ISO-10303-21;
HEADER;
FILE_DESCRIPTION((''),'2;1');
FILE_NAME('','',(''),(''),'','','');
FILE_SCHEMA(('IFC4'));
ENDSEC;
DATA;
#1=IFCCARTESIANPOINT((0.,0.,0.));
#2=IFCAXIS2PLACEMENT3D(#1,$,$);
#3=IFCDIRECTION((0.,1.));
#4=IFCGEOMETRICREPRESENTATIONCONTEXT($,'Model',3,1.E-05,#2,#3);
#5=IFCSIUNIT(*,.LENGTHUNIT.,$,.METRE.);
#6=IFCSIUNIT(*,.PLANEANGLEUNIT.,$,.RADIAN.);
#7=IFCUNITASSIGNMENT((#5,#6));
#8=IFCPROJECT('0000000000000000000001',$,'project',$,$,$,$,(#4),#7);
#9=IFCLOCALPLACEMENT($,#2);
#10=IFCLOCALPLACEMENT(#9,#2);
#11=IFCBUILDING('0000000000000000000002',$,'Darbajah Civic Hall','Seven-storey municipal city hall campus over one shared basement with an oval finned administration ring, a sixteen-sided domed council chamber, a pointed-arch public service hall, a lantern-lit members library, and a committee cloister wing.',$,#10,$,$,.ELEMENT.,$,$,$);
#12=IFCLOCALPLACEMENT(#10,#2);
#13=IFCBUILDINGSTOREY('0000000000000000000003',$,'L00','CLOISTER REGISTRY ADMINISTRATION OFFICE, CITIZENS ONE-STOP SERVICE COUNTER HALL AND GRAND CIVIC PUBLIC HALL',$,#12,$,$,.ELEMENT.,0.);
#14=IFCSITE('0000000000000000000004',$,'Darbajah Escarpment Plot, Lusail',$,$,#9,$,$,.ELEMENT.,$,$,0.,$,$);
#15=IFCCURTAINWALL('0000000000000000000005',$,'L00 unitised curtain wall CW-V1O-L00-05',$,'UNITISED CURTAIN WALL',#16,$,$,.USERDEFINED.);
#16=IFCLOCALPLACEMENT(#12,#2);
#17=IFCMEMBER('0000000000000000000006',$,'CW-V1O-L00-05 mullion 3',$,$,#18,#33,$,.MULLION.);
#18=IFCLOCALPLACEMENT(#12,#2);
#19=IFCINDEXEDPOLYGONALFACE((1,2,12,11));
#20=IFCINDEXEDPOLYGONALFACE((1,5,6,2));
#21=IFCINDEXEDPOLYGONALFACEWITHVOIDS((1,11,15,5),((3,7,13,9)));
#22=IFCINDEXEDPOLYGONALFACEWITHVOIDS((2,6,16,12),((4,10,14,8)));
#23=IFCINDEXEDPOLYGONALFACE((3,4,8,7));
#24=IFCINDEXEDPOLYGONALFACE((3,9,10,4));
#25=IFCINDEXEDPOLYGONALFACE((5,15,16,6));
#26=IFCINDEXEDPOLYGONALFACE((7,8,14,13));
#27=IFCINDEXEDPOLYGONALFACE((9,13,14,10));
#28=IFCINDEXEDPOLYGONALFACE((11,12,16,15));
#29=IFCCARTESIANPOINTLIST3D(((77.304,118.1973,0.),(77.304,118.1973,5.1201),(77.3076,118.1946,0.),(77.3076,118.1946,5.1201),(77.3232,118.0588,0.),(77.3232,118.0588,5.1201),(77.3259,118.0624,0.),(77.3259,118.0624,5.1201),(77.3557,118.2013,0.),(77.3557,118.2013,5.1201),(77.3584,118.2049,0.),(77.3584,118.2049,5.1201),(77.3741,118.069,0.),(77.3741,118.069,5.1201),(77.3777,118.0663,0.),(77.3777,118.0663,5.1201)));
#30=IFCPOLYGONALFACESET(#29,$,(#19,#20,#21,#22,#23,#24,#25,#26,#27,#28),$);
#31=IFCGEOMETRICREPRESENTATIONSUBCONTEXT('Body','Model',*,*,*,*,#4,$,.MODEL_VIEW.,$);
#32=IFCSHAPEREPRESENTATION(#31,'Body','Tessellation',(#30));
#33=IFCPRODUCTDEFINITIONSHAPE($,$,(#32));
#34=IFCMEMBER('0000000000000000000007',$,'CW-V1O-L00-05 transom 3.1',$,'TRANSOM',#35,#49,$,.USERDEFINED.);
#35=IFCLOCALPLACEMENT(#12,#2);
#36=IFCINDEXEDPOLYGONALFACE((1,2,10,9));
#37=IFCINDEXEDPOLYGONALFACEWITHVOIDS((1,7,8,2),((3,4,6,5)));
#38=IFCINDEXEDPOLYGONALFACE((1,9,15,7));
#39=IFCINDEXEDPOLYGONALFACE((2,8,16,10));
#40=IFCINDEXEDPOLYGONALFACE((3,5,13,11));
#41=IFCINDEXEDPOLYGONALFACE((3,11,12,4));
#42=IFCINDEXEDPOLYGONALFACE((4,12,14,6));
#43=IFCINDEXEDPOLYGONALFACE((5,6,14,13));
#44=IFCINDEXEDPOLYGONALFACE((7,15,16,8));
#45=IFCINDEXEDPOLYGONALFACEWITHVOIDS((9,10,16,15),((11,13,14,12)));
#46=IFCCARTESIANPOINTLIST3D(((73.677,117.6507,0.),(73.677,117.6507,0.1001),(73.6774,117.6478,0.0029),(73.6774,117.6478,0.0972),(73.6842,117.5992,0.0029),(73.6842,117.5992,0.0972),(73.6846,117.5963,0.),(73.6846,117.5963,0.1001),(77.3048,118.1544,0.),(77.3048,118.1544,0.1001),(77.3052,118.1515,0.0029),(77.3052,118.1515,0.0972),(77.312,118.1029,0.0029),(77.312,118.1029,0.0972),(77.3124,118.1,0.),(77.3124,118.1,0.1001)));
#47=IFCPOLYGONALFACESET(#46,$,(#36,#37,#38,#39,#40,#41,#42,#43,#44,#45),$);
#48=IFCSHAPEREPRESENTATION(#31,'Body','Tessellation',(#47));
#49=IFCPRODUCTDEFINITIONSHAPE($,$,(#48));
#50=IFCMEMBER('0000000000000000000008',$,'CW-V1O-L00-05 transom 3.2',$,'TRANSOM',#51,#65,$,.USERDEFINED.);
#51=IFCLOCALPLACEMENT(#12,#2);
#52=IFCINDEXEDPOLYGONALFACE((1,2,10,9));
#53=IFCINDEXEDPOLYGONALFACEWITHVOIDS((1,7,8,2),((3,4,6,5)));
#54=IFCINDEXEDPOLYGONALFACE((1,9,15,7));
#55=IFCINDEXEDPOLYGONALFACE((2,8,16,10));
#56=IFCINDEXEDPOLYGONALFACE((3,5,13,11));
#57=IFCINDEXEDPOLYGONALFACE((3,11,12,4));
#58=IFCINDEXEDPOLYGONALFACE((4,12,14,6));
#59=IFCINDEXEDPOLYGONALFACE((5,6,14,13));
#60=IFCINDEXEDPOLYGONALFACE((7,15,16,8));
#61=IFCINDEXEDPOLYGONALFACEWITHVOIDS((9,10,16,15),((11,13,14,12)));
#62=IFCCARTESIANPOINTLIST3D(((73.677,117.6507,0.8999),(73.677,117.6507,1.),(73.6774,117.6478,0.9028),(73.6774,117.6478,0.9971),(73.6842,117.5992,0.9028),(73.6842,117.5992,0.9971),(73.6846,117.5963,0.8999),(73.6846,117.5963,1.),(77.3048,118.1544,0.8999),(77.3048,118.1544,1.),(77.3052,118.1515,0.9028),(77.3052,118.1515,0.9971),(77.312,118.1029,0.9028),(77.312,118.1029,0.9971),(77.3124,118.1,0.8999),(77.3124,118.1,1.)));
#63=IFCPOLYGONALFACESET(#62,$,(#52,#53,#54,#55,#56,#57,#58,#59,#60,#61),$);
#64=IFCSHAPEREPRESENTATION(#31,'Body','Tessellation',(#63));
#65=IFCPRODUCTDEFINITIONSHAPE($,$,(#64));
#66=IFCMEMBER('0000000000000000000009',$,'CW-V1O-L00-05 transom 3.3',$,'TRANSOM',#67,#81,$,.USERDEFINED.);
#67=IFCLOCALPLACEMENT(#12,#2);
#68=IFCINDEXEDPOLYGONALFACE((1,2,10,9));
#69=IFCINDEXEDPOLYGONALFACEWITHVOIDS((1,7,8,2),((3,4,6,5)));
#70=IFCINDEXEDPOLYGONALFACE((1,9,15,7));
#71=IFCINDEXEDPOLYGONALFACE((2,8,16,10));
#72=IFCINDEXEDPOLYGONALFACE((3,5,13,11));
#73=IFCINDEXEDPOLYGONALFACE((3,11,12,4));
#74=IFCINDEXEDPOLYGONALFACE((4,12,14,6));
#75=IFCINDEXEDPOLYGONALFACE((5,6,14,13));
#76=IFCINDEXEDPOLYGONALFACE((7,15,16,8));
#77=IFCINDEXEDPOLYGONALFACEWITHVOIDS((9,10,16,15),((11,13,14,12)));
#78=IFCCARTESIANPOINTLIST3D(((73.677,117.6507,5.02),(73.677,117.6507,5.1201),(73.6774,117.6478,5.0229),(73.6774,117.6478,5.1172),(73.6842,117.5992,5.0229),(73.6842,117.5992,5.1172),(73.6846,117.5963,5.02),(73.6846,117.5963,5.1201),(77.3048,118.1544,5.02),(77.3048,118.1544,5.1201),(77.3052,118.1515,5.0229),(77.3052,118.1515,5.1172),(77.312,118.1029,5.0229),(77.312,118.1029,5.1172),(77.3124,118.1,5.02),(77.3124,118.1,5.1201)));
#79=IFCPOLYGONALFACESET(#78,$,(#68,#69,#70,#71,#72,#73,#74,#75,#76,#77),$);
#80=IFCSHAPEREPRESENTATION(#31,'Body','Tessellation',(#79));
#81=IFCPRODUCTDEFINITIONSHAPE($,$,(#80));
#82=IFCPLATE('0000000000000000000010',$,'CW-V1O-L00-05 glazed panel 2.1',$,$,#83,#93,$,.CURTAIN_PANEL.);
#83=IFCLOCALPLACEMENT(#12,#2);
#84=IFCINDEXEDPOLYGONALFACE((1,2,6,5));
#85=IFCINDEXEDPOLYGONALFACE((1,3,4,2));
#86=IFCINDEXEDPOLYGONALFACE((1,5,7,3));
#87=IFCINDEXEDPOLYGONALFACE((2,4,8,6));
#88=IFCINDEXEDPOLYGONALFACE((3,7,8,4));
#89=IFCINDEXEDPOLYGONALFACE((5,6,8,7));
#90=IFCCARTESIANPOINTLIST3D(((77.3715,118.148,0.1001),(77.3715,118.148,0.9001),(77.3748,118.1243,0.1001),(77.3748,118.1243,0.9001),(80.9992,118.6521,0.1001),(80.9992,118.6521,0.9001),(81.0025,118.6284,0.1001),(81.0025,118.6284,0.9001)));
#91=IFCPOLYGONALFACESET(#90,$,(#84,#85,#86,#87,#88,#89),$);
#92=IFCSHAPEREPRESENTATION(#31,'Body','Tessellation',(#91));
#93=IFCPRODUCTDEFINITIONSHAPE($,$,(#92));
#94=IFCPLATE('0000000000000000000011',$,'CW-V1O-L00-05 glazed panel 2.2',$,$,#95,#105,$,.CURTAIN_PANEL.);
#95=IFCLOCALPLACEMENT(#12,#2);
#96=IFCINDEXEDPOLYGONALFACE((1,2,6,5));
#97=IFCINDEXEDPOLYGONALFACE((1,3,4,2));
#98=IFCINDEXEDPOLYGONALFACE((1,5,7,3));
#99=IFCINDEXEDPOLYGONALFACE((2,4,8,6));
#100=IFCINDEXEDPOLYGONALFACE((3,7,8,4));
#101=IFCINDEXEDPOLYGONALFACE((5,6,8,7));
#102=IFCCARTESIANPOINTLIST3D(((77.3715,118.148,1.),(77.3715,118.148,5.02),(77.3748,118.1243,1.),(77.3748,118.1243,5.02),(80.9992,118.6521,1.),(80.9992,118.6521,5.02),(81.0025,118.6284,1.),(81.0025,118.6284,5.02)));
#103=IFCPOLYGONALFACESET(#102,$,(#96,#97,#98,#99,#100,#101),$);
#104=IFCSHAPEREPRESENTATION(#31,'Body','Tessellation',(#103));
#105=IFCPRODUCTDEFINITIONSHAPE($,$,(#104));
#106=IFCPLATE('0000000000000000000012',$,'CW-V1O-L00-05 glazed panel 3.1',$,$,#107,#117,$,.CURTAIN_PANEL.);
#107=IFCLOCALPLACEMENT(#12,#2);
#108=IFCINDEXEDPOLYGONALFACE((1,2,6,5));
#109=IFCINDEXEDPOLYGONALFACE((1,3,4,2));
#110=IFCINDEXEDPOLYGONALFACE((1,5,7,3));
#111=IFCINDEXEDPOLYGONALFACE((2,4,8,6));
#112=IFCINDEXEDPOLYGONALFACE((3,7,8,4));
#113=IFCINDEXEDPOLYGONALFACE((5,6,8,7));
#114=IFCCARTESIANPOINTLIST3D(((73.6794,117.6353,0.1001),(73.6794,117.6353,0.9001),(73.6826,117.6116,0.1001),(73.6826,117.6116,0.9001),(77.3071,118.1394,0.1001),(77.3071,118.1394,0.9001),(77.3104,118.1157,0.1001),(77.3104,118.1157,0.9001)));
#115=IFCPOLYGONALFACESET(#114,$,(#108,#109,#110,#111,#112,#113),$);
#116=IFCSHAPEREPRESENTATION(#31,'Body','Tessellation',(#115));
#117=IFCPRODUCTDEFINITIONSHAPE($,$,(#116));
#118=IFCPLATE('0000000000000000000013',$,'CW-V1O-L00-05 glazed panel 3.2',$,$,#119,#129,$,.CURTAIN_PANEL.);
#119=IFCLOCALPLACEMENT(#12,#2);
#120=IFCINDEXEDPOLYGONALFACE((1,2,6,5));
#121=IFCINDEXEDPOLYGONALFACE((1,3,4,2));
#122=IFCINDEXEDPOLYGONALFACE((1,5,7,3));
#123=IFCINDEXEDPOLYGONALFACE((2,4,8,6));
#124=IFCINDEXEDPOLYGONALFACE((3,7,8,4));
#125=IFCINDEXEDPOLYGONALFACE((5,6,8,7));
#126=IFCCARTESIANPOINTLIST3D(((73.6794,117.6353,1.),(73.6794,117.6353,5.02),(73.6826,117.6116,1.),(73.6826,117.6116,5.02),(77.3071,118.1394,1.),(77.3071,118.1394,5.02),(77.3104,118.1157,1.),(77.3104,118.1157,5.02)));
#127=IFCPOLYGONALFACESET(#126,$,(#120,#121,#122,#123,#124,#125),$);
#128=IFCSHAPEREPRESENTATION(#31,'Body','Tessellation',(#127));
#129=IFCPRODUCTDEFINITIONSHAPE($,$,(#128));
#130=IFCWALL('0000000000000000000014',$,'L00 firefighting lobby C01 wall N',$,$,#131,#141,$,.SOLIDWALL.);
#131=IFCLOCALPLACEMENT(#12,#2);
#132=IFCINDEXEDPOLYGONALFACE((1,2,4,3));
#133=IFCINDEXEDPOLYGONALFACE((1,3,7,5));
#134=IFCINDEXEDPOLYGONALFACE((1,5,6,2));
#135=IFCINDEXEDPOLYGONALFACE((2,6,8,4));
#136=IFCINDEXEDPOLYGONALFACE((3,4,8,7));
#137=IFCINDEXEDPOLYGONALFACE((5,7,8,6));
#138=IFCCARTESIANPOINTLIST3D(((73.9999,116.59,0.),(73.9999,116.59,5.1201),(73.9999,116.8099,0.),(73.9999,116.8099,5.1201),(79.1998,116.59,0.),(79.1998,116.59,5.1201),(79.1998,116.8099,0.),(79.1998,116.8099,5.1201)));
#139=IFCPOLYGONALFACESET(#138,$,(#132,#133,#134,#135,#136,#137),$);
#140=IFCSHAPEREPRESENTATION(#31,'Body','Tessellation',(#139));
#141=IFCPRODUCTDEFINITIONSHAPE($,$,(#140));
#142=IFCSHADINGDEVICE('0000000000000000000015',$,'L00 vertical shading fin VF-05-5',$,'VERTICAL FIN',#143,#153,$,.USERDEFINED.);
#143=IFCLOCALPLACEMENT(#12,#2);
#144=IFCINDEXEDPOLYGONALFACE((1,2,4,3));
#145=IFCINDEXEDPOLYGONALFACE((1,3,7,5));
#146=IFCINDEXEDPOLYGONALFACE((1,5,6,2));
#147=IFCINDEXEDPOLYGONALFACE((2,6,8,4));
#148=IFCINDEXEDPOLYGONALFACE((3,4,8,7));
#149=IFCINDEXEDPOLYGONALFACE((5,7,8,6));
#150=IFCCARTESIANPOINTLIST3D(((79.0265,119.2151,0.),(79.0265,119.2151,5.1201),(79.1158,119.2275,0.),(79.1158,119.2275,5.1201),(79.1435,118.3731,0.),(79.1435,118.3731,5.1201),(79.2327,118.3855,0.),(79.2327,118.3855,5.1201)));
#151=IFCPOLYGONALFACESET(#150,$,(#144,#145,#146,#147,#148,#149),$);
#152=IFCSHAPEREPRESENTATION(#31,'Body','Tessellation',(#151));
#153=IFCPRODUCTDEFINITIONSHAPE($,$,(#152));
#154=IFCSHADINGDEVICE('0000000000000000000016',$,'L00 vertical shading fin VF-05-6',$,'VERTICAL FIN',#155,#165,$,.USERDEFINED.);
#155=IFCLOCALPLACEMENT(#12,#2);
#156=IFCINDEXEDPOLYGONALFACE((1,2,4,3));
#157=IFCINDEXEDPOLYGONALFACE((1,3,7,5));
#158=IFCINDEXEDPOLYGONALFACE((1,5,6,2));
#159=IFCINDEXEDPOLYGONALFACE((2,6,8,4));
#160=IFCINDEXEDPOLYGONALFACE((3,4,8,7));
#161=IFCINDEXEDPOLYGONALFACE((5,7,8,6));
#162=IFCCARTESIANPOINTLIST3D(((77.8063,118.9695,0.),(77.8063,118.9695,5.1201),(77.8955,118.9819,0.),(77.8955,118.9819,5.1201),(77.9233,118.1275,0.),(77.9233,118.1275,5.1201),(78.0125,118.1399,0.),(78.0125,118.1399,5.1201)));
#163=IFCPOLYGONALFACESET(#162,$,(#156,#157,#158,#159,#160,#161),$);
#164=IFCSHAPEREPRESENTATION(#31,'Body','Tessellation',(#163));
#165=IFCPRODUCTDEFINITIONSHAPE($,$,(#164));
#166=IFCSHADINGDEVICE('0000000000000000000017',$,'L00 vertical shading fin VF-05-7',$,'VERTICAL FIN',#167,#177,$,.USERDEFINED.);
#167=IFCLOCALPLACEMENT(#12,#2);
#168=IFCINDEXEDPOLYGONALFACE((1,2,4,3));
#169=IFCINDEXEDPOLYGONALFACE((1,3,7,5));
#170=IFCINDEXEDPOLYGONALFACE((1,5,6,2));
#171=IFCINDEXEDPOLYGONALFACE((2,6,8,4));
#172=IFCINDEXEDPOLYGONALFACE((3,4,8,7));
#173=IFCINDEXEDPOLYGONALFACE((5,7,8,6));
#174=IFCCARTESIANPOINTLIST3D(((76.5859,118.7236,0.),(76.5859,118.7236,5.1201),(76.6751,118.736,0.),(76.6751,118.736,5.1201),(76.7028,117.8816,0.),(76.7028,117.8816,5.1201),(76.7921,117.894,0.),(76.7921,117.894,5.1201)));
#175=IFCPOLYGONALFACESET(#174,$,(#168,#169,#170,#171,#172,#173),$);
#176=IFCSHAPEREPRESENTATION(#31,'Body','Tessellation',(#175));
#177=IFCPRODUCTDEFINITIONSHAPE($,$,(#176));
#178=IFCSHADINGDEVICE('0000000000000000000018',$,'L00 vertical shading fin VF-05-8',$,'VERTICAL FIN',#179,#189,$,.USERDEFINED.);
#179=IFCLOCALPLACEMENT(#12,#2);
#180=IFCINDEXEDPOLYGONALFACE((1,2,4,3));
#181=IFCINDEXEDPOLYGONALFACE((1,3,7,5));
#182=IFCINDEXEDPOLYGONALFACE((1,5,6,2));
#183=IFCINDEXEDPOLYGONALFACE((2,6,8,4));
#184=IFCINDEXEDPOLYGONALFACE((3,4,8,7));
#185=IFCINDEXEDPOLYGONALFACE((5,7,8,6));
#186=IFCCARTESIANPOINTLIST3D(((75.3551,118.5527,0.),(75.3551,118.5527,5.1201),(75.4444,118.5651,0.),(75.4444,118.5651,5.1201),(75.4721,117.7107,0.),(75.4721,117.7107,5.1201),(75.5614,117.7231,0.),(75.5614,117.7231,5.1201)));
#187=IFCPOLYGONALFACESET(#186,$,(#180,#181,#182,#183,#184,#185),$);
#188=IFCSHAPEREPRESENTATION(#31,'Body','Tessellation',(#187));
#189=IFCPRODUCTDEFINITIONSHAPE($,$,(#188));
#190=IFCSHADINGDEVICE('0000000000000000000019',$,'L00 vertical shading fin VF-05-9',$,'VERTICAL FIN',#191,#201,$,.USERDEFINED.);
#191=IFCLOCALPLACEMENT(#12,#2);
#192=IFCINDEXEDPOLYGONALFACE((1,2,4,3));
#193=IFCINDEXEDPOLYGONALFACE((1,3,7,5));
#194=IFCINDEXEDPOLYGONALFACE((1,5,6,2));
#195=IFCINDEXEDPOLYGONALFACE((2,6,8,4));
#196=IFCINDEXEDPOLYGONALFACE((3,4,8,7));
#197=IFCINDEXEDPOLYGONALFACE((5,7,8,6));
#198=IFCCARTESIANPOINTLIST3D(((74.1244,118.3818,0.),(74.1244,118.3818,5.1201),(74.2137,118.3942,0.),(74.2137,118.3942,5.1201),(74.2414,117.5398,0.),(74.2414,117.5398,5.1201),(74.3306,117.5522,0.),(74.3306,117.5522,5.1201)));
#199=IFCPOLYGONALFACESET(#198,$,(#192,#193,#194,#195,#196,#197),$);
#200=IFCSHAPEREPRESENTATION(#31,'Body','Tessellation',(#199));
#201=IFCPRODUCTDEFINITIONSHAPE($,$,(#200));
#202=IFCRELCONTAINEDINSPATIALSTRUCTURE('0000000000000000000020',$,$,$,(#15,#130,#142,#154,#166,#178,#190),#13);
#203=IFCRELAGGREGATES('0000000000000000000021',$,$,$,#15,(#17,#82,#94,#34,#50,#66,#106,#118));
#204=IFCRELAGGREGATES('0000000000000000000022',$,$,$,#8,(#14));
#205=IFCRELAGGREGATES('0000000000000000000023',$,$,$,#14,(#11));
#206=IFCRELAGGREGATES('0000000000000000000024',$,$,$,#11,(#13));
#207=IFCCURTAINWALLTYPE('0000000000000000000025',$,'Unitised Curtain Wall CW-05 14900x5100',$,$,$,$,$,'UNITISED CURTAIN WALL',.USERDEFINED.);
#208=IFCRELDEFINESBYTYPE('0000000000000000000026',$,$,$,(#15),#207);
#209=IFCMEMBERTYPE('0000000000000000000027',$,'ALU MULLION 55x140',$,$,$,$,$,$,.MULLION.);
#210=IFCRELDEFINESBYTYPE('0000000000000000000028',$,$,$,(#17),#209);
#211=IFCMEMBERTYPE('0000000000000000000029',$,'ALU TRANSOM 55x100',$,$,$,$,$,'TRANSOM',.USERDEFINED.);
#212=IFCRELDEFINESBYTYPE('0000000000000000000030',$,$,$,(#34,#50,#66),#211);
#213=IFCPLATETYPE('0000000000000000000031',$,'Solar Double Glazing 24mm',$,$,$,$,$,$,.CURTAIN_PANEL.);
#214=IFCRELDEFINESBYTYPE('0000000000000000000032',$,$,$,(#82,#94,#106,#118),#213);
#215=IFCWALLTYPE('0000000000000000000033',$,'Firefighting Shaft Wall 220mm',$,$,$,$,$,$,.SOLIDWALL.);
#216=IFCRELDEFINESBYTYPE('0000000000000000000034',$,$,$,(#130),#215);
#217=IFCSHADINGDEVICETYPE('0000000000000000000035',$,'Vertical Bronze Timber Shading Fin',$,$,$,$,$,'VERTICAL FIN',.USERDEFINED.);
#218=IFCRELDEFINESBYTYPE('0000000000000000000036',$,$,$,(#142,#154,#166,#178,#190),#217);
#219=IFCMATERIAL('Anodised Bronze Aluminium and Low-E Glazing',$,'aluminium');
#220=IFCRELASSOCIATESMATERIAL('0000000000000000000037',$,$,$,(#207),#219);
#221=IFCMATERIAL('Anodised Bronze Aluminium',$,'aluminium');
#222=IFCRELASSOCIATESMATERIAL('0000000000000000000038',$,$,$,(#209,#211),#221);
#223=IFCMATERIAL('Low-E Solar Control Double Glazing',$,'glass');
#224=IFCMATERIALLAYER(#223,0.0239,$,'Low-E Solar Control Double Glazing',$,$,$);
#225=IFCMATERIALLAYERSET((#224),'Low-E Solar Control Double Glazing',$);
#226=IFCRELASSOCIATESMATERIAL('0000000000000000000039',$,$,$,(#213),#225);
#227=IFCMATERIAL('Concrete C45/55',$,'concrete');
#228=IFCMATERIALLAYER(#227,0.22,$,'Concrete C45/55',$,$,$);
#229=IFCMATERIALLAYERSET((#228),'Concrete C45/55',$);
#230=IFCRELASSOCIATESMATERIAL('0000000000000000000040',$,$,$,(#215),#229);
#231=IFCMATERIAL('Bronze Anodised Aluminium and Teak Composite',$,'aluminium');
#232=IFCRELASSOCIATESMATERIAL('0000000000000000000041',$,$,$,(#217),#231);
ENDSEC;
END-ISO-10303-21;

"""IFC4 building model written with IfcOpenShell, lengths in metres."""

from ifc_helpers import new_model, si_unit, direction, frame, frame_2d, origin, origin_2d, place, context, subcontext, project, spatial, rectangle, hollow_rectangle, extrude, material, layer, layer_set, material_profile, profile_set, type_object, element, aggregate, save


model = new_model("IFC4")

# Units and contexts
model_context = context("Model", 3, precision=1e-05, world=origin(), true_north=direction((0.0, 1.0)))
body_context = subcontext(model_context, "Body", "Model", "MODEL_VIEW")
ifc_project = project(units=[si_unit("LENGTHUNIT", "METRE"), si_unit("PLANEANGLEUNIT", "RADIAN")], contexts=[model_context])

# Site, building, storey
site_placement = place(None, origin())
site = spatial("IfcSite", under=ifc_project, at=site_placement, Name="Darbajah Escarpment Plot, Lusail", CompositionType="ELEMENT", RefElevation=0.0)
building_placement = place(site_placement, origin())
building = spatial("IfcBuilding", under=site, at=building_placement, Name="Darbajah Civic Hall", Description="Seven-storey municipal city hall campus over one shared basement with an oval finned administration ring, a sixteen-sided domed council chamber, a pointed-arch public service hall, a lantern-lit members library, and a committee cloister wing.", CompositionType="ELEMENT")
storey_placement = place(building_placement, origin())
storey = spatial("IfcBuildingStorey", under=building, at=storey_placement, Name="L00", Description="CLOISTER REGISTRY ADMINISTRATION OFFICE, CITIZENS ONE-STOP SERVICE COUNTER HALL AND GRAND CIVIC PUBLIC HALL", CompositionType="ELEMENT", Elevation=0.0)

# Curtain wall, members, plates
ifc_material_1 = material(Name="Anodised Bronze Aluminium and Low-E Glazing", Category="aluminium")
curtain_wall_type = type_object("IfcCurtainWallType", Name="Unitised Curtain Wall CW-05 14900x5100", ElementType="UNITISED CURTAIN WALL", PredefinedType="USERDEFINED", material=ifc_material_1)
curtain_wall_placement = place(storey_placement, origin())
curtain_wall = element("IfcCurtainWall", 1, at=curtain_wall_placement, inside=storey, type_object=curtain_wall_type, Name="L00 unitised curtain wall CW-V1O-L00-05", ObjectType="UNITISED CURTAIN WALL", PredefinedType="USERDEFINED")
ifc_material_2 = material(Name="Anodised Bronze Aluminium", Category="aluminium")
ifc_material_profile_1 = material_profile(ifc_material_2, hollow_rectangle(XDim=0.0549, YDim=0.1399, WallThickness=0.0032, at=origin_2d()), Name="ALU MULLION 55x140")
ifc_profile_set_1 = profile_set([ifc_material_profile_1], Name="Anodised Bronze Aluminium")
member_type_1 = type_object("IfcMemberType", Name="ALU MULLION 55x140", PredefinedType="MULLION", material=ifc_profile_set_1)
member_1_placement = place(storey_placement, frame((77.3408, 118.1318, 0.0), z_axis=(0.0, 0.0, 1.0), x_axis=(-0.990485, -0.137617, 0.0)))
member_1 = element("IfcMember", 2, at=member_1_placement, type_object=member_type_1, Name="CW-V1O-L00-05 mullion 3", PredefinedType="MULLION", context=body_context, shape_type="SweptSolid", body=[
    extrude(hollow_rectangle(XDim=0.0549, YDim=0.1399, WallThickness=0.0032, at=origin_2d()), origin(), (0.0, 0.0, 1.0), 5.1201),
])
ifc_material_profile_2 = material_profile(ifc_material_2, hollow_rectangle(XDim=0.0549, YDim=0.1001, WallThickness=0.0029, at=origin_2d()), Name="ALU TRANSOM 55x100")
ifc_profile_set_2 = profile_set([ifc_material_profile_2], Name="Anodised Bronze Aluminium")
member_type_2 = type_object("IfcMemberType", Name="ALU TRANSOM 55x100", ElementType="TRANSOM", PredefinedType="USERDEFINED", material=ifc_profile_set_2)
member_2_placement = place(storey_placement, frame((77.3086, 118.1272, 0.05), z_axis=(-0.990499, -0.137519, 0.0), x_axis=(0.137519, -0.990499, 0.0)))
member_2 = element("IfcMember", 3, at=member_2_placement, type_object=member_type_2, Name="CW-V1O-L00-05 transom 3.1", ObjectType="TRANSOM", PredefinedType="USERDEFINED", context=body_context, shape_type="SweptSolid", body=[
    extrude(hollow_rectangle(XDim=0.0549, YDim=0.1001, WallThickness=0.0029, at=origin_2d()), origin(), (0.0, 0.0, 1.0), 3.6626),
])
member_3_placement = place(storey_placement, frame((77.3086, 118.1272, 0.95), z_axis=(-0.990499, -0.137519, 0.0), x_axis=(0.137519, -0.990499, 0.0)))
member_3 = element("IfcMember", 4, at=member_3_placement, type_object=member_type_2, Name="CW-V1O-L00-05 transom 3.2", ObjectType="TRANSOM", PredefinedType="USERDEFINED", context=body_context, shape_type="SweptSolid", body=[
    extrude(hollow_rectangle(XDim=0.0549, YDim=0.1001, WallThickness=0.0029, at=origin_2d()), origin(), (0.0, 0.0, 1.0), 3.6626),
])
member_4_placement = place(storey_placement, frame((77.3086, 118.1272, 5.0701), z_axis=(-0.990499, -0.137519, 0.0), x_axis=(0.137519, -0.990499, 0.0)))
member_4 = element("IfcMember", 5, at=member_4_placement, type_object=member_type_2, Name="CW-V1O-L00-05 transom 3.3", ObjectType="TRANSOM", PredefinedType="USERDEFINED", context=body_context, shape_type="SweptSolid", body=[
    extrude(hollow_rectangle(XDim=0.0549, YDim=0.1001, WallThickness=0.0029, at=origin_2d()), origin(), (0.0, 0.0, 1.0), 3.6626),
])
ifc_material_3 = material(Name="Low-E Solar Control Double Glazing", Category="glass")
ifc_layer_1 = layer(ifc_material_3, 0.0239, Name="Low-E Solar Control Double Glazing")
ifc_layer_set_1 = layer_set([ifc_layer_1], Name="Low-E Solar Control Double Glazing")
plate_type = type_object("IfcPlateType", Name="Solar Double Glazing 24mm", PredefinedType="CURTAIN_PANEL", material=ifc_layer_set_1)
plate_1_placement = place(storey_placement, frame((79.187, 118.3882, 0.1001), z_axis=(0.0, 0.0, 1.0), x_axis=(-0.990485, -0.137617, 0.0)))
plate_1 = element("IfcPlate", 6, at=plate_1_placement, type_object=plate_type, Name="CW-V1O-L00-05 glazed panel 2.1", PredefinedType="CURTAIN_PANEL", context=body_context, shape_type="SweptSolid", body=[
    extrude(rectangle(XDim=3.6626, YDim=0.0239, at=origin_2d()), origin(), (0.0, 0.0, 1.0), 0.8),
])
plate_2_placement = place(storey_placement, frame((79.187, 118.3882, 1.0), z_axis=(0.0, 0.0, 1.0), x_axis=(-0.990485, -0.137617, 0.0)))
plate_2 = element("IfcPlate", 7, at=plate_2_placement, type_object=plate_type, Name="CW-V1O-L00-05 glazed panel 2.2", PredefinedType="CURTAIN_PANEL", context=body_context, shape_type="SweptSolid", body=[
    extrude(rectangle(XDim=3.6626, YDim=0.0239, at=origin_2d()), origin(), (0.0, 0.0, 1.0), 4.02),
])
plate_3_placement = place(storey_placement, frame((75.4949, 117.8755, 0.1001), z_axis=(0.0, 0.0, 1.0), x_axis=(-0.990485, -0.137617, 0.0)))
plate_3 = element("IfcPlate", 8, at=plate_3_placement, type_object=plate_type, Name="CW-V1O-L00-05 glazed panel 3.1", PredefinedType="CURTAIN_PANEL", context=body_context, shape_type="SweptSolid", body=[
    extrude(rectangle(XDim=3.6626, YDim=0.0239, at=origin_2d()), origin(), (0.0, 0.0, 1.0), 0.8),
])
plate_4_placement = place(storey_placement, frame((75.4949, 117.8755, 1.0), z_axis=(0.0, 0.0, 1.0), x_axis=(-0.990485, -0.137617, 0.0)))
plate_4 = element("IfcPlate", 9, at=plate_4_placement, type_object=plate_type, Name="CW-V1O-L00-05 glazed panel 3.2", PredefinedType="CURTAIN_PANEL", context=body_context, shape_type="SweptSolid", body=[
    extrude(rectangle(XDim=3.6626, YDim=0.0239, at=origin_2d()), origin(), (0.0, 0.0, 1.0), 4.02),
])
aggregate(curtain_wall, [member_1, plate_1, plate_2, member_2, member_3, member_4, plate_3, plate_4])

# Wall
ifc_material_4 = material(Name="Concrete C45/55", Category="concrete")
ifc_layer_2 = layer(ifc_material_4, 0.22, Name="Concrete C45/55")
ifc_layer_set_2 = layer_set([ifc_layer_2], Name="Concrete C45/55")
wall_type = type_object("IfcWallType", Name="Firefighting Shaft Wall 220mm", PredefinedType="SOLIDWALL", material=ifc_layer_set_2)
wall_placement = place(storey_placement, frame((79.2, 116.7, 0.0), z_axis=(0.0, 0.0, 1.0), x_axis=(-1.0, 0.0, 0.0)))
element("IfcWall", 10, at=wall_placement, inside=storey, type_object=wall_type, Name="L00 firefighting lobby C01 wall N", PredefinedType="SOLIDWALL", context=body_context, shape_type="SweptSolid", body=[
    extrude(rectangle(XDim=5.2, YDim=0.22, at=frame_2d((2.6001, 0.0))), origin(), (0.0, 0.0, 1.0), 5.1201),
])

# Shading devices
ifc_material_5 = material(Name="Bronze Anodised Aluminium and Teak Composite", Category="aluminium")
shading_device_type = type_object("IfcShadingDeviceType", Name="Vertical Bronze Timber Shading Fin", ElementType="VERTICAL FIN", PredefinedType="USERDEFINED", material=ifc_material_5)
for number, where, z_axis, x_axis, name in (
    (11, (79.1296, 118.8003, 0.0), (0.0, 0.0, 1.0), (-0.137617, 0.990485, 0.0), "L00 vertical shading fin VF-05-5"),
    (12, (77.9094, 118.5547, 0.0), (0.0, 0.0, 1.0), (-0.137617, 0.990485, 0.0), "L00 vertical shading fin VF-05-6"),
    (13, (76.689, 118.3088, 0.0), (0.0, 0.0, 1.0), (-0.137617, 0.990485, 0.0), "L00 vertical shading fin VF-05-7"),
    (14, (75.4583, 118.1379, 0.0), (0.0, 0.0, 1.0), (-0.137617, 0.990485, 0.0), "L00 vertical shading fin VF-05-8"),
    (15, (74.2275, 117.967, 0.0), (0.0, 0.0, 1.0), (-0.137617, 0.990485, 0.0), "L00 vertical shading fin VF-05-9"),
):
    element("IfcShadingDevice", number, at=place(storey_placement, frame(where, z_axis=z_axis, x_axis=x_axis)), inside=storey, type_object=shading_device_type, Name=name, ObjectType="VERTICAL FIN", PredefinedType="USERDEFINED", context=body_context, shape_type="SweptSolid", body=[
        extrude(rectangle(XDim=0.8501, YDim=0.0901, at=origin_2d()), origin(), (0.0, 0.0, 1.0), 5.1201),
    ])

save(model, "model.ifc")
